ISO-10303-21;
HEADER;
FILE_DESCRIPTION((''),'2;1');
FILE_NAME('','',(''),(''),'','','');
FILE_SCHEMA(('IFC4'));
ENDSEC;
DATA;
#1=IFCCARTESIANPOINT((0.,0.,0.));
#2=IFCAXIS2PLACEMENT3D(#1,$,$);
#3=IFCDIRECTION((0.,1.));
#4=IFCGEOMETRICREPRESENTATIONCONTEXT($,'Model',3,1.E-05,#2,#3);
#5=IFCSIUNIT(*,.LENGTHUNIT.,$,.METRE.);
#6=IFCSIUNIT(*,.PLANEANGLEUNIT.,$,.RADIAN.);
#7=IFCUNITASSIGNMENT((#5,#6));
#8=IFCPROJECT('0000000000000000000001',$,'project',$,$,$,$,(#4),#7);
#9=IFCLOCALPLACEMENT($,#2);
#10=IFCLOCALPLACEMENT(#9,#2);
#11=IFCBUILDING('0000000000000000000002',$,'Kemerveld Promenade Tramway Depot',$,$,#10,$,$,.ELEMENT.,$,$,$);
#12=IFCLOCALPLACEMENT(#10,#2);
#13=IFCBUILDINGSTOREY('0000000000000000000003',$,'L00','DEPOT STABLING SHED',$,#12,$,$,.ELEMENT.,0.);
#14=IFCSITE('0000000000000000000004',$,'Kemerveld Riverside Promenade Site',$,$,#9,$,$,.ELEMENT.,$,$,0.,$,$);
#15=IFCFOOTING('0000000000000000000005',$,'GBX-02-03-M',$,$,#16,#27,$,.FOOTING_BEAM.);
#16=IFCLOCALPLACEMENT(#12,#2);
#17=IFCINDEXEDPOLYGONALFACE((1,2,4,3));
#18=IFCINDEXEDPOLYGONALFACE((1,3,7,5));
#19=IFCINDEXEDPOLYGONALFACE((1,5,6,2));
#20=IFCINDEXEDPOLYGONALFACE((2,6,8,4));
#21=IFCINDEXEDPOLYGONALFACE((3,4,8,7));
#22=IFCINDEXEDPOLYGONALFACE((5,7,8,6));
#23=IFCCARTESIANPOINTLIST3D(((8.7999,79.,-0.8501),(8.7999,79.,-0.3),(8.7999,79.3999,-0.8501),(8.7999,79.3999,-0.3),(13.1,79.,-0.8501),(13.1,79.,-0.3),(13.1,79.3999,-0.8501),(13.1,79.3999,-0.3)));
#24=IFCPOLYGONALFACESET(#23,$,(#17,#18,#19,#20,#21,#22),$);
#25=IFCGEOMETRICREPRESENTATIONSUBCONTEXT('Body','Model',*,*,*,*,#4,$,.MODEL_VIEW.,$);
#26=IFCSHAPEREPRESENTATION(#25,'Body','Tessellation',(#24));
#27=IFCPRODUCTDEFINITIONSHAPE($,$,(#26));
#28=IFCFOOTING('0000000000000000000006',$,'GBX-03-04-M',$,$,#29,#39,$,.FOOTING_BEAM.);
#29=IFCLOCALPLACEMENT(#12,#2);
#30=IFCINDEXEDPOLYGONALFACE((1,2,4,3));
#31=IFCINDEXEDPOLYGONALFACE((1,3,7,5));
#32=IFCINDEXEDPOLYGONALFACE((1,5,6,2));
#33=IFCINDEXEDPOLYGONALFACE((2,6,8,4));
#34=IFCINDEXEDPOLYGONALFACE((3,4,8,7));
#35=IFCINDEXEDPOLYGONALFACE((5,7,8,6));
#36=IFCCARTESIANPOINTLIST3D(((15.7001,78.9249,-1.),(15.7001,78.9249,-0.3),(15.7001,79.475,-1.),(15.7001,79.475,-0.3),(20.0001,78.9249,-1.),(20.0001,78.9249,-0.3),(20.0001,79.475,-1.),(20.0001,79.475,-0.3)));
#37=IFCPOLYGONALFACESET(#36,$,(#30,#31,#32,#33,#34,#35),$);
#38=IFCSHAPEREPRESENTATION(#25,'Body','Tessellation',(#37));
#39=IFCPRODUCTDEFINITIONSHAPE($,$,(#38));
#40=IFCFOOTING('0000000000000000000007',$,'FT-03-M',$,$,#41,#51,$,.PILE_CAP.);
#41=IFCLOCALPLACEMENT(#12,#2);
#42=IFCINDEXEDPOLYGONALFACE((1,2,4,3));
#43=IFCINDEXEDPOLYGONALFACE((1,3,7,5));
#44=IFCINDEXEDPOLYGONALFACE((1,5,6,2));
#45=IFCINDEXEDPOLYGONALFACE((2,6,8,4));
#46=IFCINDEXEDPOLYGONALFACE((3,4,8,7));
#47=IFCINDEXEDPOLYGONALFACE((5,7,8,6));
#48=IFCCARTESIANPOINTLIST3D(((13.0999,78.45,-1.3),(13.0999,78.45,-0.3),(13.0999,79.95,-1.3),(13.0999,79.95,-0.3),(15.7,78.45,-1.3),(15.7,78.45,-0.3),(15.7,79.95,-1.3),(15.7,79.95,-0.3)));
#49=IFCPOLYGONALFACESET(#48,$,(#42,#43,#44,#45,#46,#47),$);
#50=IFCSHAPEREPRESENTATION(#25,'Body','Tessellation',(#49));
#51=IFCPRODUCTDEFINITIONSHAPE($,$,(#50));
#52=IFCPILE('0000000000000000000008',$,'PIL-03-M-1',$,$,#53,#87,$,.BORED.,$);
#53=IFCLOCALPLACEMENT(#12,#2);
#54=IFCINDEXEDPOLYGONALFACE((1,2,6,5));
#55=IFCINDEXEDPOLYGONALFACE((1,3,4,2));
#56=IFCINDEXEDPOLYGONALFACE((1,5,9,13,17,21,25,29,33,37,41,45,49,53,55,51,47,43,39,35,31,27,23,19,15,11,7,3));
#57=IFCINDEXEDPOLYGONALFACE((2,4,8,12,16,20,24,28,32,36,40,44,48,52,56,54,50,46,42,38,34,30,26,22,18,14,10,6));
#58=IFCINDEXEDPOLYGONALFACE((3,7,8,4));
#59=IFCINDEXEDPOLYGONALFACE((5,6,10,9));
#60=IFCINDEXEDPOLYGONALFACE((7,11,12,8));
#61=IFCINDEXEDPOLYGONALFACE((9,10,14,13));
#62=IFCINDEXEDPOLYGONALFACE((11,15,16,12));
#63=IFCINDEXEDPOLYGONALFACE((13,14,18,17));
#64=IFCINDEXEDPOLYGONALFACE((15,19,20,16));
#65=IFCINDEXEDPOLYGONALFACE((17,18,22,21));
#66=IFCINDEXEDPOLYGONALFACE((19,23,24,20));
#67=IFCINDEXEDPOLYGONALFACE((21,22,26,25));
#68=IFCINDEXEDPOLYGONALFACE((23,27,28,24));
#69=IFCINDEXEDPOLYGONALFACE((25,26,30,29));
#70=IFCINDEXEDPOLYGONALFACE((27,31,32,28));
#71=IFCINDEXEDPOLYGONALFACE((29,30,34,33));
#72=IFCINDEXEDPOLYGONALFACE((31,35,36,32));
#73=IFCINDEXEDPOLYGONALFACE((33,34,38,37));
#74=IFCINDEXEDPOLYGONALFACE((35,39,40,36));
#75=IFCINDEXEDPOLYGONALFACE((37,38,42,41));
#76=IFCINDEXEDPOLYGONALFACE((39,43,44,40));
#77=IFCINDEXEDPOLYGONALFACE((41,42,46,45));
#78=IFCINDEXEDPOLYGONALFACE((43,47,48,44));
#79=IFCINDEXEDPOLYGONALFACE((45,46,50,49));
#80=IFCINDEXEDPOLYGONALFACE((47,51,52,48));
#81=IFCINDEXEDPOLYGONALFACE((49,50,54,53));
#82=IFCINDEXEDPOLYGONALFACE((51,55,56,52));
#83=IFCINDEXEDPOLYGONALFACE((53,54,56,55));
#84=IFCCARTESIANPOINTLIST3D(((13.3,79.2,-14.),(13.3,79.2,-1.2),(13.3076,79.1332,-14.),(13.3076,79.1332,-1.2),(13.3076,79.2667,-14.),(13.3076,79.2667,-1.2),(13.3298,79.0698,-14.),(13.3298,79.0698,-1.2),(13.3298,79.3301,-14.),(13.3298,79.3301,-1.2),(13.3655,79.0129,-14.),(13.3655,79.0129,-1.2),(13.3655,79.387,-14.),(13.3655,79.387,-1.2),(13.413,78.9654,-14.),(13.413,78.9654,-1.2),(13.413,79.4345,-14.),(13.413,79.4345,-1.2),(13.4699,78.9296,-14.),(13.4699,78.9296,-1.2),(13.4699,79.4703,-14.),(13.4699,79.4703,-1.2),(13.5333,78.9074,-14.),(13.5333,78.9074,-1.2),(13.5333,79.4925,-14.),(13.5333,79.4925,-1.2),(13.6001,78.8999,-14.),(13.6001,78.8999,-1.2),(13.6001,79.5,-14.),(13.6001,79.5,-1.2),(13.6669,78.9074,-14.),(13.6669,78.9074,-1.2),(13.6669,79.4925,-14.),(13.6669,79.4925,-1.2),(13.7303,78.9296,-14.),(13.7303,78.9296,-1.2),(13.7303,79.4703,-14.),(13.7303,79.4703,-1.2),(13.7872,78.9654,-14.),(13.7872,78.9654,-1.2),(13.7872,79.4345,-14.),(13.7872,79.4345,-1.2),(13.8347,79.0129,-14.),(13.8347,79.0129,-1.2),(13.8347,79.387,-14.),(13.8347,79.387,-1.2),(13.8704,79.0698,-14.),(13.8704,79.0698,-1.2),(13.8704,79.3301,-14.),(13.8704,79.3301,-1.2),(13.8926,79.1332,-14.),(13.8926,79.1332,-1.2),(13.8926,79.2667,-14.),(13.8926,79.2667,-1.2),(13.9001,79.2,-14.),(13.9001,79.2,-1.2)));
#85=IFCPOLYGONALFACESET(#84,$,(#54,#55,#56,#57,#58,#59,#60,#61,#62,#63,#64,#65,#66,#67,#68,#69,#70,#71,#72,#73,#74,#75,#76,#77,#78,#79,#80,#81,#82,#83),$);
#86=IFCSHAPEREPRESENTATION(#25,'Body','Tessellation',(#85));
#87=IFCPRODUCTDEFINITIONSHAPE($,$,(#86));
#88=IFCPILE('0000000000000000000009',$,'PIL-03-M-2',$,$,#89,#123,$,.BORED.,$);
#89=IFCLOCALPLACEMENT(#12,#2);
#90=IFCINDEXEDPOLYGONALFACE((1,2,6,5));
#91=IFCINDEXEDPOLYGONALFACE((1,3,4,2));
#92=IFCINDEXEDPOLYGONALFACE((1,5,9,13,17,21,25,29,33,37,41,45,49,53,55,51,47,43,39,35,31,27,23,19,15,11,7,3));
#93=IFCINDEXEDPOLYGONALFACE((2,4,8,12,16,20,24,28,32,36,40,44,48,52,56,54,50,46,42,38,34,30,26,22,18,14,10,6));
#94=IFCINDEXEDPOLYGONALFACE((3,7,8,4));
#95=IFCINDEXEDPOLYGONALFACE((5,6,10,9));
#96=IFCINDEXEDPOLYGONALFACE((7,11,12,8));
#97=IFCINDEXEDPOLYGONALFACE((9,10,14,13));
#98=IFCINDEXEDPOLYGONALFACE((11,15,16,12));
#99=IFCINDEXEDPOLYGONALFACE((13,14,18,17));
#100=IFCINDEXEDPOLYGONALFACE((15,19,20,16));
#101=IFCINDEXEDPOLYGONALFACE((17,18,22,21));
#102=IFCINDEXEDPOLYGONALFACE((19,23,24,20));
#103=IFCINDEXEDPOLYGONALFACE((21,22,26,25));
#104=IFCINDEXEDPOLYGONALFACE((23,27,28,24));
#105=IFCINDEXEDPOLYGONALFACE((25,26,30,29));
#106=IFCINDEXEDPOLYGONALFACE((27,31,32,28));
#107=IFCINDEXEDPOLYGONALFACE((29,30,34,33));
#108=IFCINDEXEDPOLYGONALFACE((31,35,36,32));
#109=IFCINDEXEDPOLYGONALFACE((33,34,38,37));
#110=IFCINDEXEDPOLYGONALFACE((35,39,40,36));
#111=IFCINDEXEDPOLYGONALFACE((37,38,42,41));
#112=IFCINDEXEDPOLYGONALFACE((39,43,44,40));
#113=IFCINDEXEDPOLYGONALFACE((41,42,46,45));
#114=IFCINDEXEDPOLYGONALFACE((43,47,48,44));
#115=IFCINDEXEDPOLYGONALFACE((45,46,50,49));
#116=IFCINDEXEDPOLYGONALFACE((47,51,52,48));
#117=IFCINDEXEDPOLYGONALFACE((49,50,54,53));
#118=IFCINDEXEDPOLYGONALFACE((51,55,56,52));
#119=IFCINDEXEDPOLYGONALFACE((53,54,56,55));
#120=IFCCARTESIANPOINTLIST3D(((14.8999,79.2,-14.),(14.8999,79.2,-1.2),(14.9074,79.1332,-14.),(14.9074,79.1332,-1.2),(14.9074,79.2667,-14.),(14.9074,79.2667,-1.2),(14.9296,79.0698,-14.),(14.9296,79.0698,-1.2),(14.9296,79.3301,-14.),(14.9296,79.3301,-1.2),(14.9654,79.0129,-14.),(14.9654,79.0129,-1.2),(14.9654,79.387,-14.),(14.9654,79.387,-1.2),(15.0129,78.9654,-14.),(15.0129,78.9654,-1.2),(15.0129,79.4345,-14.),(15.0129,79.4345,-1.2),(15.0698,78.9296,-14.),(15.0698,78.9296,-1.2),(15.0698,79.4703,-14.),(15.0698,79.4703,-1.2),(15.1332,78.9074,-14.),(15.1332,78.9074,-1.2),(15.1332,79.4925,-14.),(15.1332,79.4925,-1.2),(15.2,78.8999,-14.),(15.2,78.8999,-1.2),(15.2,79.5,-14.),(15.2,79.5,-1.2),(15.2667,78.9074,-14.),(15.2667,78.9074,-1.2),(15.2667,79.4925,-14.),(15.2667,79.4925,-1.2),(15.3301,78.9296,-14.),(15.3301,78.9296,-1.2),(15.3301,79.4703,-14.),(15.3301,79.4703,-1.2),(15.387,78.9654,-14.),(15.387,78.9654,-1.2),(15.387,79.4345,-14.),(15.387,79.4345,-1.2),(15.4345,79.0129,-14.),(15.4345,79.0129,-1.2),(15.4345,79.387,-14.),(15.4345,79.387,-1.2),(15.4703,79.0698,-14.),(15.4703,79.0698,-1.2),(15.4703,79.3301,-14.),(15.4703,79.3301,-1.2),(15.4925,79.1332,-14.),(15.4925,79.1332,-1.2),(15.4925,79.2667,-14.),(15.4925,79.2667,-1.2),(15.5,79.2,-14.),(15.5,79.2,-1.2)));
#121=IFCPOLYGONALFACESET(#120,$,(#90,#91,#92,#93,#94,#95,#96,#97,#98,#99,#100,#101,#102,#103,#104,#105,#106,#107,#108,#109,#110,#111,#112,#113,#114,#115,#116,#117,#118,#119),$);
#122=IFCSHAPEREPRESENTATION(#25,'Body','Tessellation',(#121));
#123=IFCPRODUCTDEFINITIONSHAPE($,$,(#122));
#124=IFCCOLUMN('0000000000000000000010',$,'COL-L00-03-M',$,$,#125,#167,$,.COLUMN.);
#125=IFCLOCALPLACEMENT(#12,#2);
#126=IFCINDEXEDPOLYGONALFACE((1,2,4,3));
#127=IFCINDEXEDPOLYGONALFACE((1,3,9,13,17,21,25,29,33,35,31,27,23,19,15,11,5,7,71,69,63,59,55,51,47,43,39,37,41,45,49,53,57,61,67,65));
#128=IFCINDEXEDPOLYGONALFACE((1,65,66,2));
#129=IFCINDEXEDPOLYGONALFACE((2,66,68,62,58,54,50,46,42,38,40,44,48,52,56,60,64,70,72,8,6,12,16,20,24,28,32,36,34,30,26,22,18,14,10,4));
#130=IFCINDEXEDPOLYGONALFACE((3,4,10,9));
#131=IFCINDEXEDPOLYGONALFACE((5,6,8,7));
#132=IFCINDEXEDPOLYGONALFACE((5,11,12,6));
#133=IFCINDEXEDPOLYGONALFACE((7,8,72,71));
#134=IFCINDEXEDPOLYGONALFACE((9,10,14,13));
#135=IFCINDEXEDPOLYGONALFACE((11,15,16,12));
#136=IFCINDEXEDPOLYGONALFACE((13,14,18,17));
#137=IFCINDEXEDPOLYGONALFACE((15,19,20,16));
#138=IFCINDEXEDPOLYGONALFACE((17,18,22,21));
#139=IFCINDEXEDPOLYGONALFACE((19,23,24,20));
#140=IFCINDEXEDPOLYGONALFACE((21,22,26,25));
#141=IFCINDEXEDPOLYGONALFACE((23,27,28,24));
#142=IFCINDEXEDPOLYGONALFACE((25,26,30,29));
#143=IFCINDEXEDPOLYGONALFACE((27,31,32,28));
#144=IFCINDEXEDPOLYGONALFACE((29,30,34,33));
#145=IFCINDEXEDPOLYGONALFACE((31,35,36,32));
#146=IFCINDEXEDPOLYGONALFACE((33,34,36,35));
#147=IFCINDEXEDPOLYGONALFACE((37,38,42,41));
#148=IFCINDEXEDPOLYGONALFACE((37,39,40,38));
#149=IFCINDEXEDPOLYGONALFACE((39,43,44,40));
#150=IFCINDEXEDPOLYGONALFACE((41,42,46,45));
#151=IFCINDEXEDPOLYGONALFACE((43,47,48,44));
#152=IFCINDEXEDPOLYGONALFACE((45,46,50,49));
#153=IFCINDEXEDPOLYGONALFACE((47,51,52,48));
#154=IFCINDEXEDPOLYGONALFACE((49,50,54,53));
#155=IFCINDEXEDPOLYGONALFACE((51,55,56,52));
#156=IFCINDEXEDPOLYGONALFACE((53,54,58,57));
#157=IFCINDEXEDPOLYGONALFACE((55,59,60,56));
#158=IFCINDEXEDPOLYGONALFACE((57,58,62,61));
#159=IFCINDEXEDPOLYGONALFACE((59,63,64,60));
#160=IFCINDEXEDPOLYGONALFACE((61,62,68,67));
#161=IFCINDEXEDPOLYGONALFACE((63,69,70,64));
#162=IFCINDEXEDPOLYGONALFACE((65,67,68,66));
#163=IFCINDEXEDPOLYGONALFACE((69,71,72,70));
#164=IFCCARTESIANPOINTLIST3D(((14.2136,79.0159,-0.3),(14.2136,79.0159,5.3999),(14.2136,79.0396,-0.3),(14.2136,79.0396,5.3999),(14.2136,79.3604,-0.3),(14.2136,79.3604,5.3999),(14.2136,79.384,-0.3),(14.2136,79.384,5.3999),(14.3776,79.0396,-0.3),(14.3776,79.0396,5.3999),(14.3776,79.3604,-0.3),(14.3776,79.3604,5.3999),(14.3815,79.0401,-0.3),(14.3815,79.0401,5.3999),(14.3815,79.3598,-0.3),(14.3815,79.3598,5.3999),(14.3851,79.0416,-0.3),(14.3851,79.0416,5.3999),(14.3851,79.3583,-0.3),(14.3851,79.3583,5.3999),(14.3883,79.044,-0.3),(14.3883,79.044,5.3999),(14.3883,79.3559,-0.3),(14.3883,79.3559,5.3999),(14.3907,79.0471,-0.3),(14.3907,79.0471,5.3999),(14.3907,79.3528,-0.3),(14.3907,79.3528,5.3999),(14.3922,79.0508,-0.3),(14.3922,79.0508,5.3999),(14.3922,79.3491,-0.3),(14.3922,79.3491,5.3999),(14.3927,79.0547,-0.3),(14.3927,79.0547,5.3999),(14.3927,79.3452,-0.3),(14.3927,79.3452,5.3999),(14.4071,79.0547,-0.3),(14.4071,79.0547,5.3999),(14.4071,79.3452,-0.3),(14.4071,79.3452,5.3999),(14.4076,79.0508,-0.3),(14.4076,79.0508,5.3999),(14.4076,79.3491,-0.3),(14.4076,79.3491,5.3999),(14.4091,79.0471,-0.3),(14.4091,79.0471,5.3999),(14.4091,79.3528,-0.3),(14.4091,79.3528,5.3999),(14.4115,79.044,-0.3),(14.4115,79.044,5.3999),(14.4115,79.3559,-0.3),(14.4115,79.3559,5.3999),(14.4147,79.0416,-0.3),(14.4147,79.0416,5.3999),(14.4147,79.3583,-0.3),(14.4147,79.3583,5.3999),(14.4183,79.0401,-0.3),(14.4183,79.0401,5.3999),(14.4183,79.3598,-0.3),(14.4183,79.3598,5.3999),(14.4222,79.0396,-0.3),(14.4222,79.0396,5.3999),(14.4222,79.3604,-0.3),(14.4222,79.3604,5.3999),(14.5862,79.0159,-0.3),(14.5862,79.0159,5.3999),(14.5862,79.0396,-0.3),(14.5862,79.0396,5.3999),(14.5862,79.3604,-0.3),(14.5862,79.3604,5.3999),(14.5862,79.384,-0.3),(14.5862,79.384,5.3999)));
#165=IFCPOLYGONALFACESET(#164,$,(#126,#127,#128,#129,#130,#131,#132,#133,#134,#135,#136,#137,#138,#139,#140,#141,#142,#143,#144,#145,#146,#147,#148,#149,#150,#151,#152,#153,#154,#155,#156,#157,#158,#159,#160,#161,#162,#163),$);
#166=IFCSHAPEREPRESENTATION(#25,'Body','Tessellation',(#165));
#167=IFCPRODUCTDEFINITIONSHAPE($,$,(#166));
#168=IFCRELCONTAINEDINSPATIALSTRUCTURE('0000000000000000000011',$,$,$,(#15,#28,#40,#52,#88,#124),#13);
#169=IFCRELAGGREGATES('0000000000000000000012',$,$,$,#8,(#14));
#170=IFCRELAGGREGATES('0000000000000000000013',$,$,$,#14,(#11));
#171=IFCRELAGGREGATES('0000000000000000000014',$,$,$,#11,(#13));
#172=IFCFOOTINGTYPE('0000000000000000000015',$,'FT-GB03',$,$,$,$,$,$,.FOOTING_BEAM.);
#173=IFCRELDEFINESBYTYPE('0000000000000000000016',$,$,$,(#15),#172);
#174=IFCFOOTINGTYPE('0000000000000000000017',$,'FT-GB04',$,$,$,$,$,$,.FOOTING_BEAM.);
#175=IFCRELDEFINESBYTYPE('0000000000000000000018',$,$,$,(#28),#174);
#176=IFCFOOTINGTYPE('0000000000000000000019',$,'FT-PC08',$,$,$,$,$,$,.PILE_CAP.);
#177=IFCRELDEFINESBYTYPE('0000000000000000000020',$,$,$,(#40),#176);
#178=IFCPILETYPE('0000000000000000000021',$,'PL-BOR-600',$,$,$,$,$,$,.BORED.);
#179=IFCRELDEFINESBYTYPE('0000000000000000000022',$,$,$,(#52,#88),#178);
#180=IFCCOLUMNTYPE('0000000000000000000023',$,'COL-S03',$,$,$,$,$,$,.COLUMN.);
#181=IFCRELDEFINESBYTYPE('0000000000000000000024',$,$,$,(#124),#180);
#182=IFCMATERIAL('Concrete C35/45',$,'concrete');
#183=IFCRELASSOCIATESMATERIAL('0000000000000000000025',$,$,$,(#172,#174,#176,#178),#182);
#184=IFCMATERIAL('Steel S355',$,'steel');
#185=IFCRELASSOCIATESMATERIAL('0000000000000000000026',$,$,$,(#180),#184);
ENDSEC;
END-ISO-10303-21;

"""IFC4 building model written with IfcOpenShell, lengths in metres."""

from ifc_helpers import new_model, si_unit, direction, frame, origin, origin_2d, place, context, subcontext, project, spatial, rectangle, circle, i_section, extrude, material, material_profile, profile_set, type_object, element, save


model = new_model("IFC4")

# Units and contexts
model_context = context("Model", 3, precision=1e-05, world=origin(), true_north=direction((0.0, 1.0)))
body_context = subcontext(model_context, "Body", "Model", "MODEL_VIEW")
ifc_project = project(units=[si_unit("LENGTHUNIT", "METRE"), si_unit("PLANEANGLEUNIT", "RADIAN")], contexts=[model_context])

# Site, building, storey
site_placement = place(None, origin())
site = spatial("IfcSite", under=ifc_project, at=site_placement, Name="Kemerveld Riverside Promenade Site", CompositionType="ELEMENT", RefElevation=0.0)
building_placement = place(site_placement, origin())
building = spatial("IfcBuilding", under=site, at=building_placement, Name="Kemerveld Promenade Tramway Depot", CompositionType="ELEMENT")
storey_placement = place(building_placement, origin())
storey = spatial("IfcBuildingStorey", under=building, at=storey_placement, Name="L00", Description="DEPOT STABLING SHED", CompositionType="ELEMENT", Elevation=0.0)

# Footings
ifc_material_1 = material(Name="Concrete C35/45", Category="concrete")
footing_type_1 = type_object("IfcFootingType", Name="FT-GB03", PredefinedType="FOOTING_BEAM", material=ifc_material_1)
footing_1_placement = place(storey_placement, frame((10.95, 79.2, -0.8501), z_axis=(0.0, 0.0, 1.0), x_axis=(1.0, 0.0, 0.0)))
element("IfcFooting", 1, at=footing_1_placement, inside=storey, type_object=footing_type_1, Name="GBX-02-03-M", PredefinedType="FOOTING_BEAM", context=body_context, shape_type="SweptSolid", body=[
    extrude(rectangle(XDim=4.3, YDim=0.3999, at=origin_2d()), origin(), (0.0, 0.0, 1.0), 0.55),
])
footing_type_2 = type_object("IfcFootingType", Name="FT-GB04", PredefinedType="FOOTING_BEAM", material=ifc_material_1)
footing_2_placement = place(storey_placement, frame((17.8501, 79.2, -1.0), z_axis=(0.0, 0.0, 1.0), x_axis=(1.0, 0.0, 0.0)))
element("IfcFooting", 2, at=footing_2_placement, inside=storey, type_object=footing_type_2, Name="GBX-03-04-M", PredefinedType="FOOTING_BEAM", context=body_context, shape_type="SweptSolid", body=[
    extrude(rectangle(XDim=4.3, YDim=0.55, at=origin_2d()), origin(), (0.0, 0.0, 1.0), 0.7),
])
footing_type_3 = type_object("IfcFootingType", Name="FT-PC08", PredefinedType="PILE_CAP", material=ifc_material_1)
footing_3_placement = place(storey_placement, frame((14.3999, 79.2, -1.3), z_axis=(0.0, 0.0, 1.0), x_axis=(1.0, 0.0, 0.0)))
element("IfcFooting", 3, at=footing_3_placement, inside=storey, type_object=footing_type_3, Name="FT-03-M", PredefinedType="PILE_CAP", context=body_context, shape_type="SweptSolid", body=[
    extrude(rectangle(XDim=2.6001, YDim=1.5, at=origin_2d()), origin(), (0.0, 0.0, 1.0), 1.0),
])

# Piles
ifc_material_profile_1 = material_profile(ifc_material_1, circle(Radius=0.3, at=origin_2d()), Name="PILE-D600")
ifc_profile_set_1 = profile_set([ifc_material_profile_1], Name="Concrete C35/45")
pile_type = type_object("IfcPileType", Name="PL-BOR-600", PredefinedType="BORED", material=ifc_profile_set_1)
for number, where, z_axis, x_axis, name in (
    (4, (13.6001, 79.2, -1.2), (0.0, 0.0, -1.0), (1.0, 0.0, 0.0), "PIL-03-M-1"),
    (5, (15.2, 79.2, -1.2), (0.0, 0.0, -1.0), (1.0, 0.0, 0.0), "PIL-03-M-2"),
):
    element("IfcPile", number, at=place(storey_placement, frame(where, z_axis=z_axis, x_axis=x_axis)), inside=storey, type_object=pile_type, Name=name, PredefinedType="BORED", context=body_context, shape_type="SweptSolid", body=[
        extrude(circle(Radius=0.3, at=origin_2d()), origin(), (0.0, 0.0, 1.0), 12.8),
    ])

# Column
ifc_material_2 = material(Name="Steel S355", Category="steel")
ifc_material_profile_2 = material_profile(ifc_material_2, i_section(OverallWidth=0.3726, OverallDepth=0.3682, WebThickness=0.0144, FlangeThickness=0.0237, FilletRadius=0.0151, at=origin_2d()), Name="356x368x177 UC")
ifc_profile_set_2 = profile_set([ifc_material_profile_2], Name="Steel S355")
column_type = type_object("IfcColumnType", Name="COL-S03", PredefinedType="COLUMN", material=ifc_profile_set_2)
column_placement = place(storey_placement, frame((14.3999, 79.2, -0.3), z_axis=(0.0, 0.0, 1.0), x_axis=(1.0, 0.0, 0.0)))
element("IfcColumn", 6, at=column_placement, inside=storey, type_object=column_type, Name="COL-L00-03-M", PredefinedType="COLUMN", context=body_context, shape_type="SweptSolid", body=[
    extrude(i_section(OverallWidth=0.3726, OverallDepth=0.3682, WebThickness=0.0144, FlangeThickness=0.0237, FilletRadius=0.0151, at=origin_2d()), origin(), (0.0, 0.0, 1.0), 5.7),
])

save(model, "model.ifc")
